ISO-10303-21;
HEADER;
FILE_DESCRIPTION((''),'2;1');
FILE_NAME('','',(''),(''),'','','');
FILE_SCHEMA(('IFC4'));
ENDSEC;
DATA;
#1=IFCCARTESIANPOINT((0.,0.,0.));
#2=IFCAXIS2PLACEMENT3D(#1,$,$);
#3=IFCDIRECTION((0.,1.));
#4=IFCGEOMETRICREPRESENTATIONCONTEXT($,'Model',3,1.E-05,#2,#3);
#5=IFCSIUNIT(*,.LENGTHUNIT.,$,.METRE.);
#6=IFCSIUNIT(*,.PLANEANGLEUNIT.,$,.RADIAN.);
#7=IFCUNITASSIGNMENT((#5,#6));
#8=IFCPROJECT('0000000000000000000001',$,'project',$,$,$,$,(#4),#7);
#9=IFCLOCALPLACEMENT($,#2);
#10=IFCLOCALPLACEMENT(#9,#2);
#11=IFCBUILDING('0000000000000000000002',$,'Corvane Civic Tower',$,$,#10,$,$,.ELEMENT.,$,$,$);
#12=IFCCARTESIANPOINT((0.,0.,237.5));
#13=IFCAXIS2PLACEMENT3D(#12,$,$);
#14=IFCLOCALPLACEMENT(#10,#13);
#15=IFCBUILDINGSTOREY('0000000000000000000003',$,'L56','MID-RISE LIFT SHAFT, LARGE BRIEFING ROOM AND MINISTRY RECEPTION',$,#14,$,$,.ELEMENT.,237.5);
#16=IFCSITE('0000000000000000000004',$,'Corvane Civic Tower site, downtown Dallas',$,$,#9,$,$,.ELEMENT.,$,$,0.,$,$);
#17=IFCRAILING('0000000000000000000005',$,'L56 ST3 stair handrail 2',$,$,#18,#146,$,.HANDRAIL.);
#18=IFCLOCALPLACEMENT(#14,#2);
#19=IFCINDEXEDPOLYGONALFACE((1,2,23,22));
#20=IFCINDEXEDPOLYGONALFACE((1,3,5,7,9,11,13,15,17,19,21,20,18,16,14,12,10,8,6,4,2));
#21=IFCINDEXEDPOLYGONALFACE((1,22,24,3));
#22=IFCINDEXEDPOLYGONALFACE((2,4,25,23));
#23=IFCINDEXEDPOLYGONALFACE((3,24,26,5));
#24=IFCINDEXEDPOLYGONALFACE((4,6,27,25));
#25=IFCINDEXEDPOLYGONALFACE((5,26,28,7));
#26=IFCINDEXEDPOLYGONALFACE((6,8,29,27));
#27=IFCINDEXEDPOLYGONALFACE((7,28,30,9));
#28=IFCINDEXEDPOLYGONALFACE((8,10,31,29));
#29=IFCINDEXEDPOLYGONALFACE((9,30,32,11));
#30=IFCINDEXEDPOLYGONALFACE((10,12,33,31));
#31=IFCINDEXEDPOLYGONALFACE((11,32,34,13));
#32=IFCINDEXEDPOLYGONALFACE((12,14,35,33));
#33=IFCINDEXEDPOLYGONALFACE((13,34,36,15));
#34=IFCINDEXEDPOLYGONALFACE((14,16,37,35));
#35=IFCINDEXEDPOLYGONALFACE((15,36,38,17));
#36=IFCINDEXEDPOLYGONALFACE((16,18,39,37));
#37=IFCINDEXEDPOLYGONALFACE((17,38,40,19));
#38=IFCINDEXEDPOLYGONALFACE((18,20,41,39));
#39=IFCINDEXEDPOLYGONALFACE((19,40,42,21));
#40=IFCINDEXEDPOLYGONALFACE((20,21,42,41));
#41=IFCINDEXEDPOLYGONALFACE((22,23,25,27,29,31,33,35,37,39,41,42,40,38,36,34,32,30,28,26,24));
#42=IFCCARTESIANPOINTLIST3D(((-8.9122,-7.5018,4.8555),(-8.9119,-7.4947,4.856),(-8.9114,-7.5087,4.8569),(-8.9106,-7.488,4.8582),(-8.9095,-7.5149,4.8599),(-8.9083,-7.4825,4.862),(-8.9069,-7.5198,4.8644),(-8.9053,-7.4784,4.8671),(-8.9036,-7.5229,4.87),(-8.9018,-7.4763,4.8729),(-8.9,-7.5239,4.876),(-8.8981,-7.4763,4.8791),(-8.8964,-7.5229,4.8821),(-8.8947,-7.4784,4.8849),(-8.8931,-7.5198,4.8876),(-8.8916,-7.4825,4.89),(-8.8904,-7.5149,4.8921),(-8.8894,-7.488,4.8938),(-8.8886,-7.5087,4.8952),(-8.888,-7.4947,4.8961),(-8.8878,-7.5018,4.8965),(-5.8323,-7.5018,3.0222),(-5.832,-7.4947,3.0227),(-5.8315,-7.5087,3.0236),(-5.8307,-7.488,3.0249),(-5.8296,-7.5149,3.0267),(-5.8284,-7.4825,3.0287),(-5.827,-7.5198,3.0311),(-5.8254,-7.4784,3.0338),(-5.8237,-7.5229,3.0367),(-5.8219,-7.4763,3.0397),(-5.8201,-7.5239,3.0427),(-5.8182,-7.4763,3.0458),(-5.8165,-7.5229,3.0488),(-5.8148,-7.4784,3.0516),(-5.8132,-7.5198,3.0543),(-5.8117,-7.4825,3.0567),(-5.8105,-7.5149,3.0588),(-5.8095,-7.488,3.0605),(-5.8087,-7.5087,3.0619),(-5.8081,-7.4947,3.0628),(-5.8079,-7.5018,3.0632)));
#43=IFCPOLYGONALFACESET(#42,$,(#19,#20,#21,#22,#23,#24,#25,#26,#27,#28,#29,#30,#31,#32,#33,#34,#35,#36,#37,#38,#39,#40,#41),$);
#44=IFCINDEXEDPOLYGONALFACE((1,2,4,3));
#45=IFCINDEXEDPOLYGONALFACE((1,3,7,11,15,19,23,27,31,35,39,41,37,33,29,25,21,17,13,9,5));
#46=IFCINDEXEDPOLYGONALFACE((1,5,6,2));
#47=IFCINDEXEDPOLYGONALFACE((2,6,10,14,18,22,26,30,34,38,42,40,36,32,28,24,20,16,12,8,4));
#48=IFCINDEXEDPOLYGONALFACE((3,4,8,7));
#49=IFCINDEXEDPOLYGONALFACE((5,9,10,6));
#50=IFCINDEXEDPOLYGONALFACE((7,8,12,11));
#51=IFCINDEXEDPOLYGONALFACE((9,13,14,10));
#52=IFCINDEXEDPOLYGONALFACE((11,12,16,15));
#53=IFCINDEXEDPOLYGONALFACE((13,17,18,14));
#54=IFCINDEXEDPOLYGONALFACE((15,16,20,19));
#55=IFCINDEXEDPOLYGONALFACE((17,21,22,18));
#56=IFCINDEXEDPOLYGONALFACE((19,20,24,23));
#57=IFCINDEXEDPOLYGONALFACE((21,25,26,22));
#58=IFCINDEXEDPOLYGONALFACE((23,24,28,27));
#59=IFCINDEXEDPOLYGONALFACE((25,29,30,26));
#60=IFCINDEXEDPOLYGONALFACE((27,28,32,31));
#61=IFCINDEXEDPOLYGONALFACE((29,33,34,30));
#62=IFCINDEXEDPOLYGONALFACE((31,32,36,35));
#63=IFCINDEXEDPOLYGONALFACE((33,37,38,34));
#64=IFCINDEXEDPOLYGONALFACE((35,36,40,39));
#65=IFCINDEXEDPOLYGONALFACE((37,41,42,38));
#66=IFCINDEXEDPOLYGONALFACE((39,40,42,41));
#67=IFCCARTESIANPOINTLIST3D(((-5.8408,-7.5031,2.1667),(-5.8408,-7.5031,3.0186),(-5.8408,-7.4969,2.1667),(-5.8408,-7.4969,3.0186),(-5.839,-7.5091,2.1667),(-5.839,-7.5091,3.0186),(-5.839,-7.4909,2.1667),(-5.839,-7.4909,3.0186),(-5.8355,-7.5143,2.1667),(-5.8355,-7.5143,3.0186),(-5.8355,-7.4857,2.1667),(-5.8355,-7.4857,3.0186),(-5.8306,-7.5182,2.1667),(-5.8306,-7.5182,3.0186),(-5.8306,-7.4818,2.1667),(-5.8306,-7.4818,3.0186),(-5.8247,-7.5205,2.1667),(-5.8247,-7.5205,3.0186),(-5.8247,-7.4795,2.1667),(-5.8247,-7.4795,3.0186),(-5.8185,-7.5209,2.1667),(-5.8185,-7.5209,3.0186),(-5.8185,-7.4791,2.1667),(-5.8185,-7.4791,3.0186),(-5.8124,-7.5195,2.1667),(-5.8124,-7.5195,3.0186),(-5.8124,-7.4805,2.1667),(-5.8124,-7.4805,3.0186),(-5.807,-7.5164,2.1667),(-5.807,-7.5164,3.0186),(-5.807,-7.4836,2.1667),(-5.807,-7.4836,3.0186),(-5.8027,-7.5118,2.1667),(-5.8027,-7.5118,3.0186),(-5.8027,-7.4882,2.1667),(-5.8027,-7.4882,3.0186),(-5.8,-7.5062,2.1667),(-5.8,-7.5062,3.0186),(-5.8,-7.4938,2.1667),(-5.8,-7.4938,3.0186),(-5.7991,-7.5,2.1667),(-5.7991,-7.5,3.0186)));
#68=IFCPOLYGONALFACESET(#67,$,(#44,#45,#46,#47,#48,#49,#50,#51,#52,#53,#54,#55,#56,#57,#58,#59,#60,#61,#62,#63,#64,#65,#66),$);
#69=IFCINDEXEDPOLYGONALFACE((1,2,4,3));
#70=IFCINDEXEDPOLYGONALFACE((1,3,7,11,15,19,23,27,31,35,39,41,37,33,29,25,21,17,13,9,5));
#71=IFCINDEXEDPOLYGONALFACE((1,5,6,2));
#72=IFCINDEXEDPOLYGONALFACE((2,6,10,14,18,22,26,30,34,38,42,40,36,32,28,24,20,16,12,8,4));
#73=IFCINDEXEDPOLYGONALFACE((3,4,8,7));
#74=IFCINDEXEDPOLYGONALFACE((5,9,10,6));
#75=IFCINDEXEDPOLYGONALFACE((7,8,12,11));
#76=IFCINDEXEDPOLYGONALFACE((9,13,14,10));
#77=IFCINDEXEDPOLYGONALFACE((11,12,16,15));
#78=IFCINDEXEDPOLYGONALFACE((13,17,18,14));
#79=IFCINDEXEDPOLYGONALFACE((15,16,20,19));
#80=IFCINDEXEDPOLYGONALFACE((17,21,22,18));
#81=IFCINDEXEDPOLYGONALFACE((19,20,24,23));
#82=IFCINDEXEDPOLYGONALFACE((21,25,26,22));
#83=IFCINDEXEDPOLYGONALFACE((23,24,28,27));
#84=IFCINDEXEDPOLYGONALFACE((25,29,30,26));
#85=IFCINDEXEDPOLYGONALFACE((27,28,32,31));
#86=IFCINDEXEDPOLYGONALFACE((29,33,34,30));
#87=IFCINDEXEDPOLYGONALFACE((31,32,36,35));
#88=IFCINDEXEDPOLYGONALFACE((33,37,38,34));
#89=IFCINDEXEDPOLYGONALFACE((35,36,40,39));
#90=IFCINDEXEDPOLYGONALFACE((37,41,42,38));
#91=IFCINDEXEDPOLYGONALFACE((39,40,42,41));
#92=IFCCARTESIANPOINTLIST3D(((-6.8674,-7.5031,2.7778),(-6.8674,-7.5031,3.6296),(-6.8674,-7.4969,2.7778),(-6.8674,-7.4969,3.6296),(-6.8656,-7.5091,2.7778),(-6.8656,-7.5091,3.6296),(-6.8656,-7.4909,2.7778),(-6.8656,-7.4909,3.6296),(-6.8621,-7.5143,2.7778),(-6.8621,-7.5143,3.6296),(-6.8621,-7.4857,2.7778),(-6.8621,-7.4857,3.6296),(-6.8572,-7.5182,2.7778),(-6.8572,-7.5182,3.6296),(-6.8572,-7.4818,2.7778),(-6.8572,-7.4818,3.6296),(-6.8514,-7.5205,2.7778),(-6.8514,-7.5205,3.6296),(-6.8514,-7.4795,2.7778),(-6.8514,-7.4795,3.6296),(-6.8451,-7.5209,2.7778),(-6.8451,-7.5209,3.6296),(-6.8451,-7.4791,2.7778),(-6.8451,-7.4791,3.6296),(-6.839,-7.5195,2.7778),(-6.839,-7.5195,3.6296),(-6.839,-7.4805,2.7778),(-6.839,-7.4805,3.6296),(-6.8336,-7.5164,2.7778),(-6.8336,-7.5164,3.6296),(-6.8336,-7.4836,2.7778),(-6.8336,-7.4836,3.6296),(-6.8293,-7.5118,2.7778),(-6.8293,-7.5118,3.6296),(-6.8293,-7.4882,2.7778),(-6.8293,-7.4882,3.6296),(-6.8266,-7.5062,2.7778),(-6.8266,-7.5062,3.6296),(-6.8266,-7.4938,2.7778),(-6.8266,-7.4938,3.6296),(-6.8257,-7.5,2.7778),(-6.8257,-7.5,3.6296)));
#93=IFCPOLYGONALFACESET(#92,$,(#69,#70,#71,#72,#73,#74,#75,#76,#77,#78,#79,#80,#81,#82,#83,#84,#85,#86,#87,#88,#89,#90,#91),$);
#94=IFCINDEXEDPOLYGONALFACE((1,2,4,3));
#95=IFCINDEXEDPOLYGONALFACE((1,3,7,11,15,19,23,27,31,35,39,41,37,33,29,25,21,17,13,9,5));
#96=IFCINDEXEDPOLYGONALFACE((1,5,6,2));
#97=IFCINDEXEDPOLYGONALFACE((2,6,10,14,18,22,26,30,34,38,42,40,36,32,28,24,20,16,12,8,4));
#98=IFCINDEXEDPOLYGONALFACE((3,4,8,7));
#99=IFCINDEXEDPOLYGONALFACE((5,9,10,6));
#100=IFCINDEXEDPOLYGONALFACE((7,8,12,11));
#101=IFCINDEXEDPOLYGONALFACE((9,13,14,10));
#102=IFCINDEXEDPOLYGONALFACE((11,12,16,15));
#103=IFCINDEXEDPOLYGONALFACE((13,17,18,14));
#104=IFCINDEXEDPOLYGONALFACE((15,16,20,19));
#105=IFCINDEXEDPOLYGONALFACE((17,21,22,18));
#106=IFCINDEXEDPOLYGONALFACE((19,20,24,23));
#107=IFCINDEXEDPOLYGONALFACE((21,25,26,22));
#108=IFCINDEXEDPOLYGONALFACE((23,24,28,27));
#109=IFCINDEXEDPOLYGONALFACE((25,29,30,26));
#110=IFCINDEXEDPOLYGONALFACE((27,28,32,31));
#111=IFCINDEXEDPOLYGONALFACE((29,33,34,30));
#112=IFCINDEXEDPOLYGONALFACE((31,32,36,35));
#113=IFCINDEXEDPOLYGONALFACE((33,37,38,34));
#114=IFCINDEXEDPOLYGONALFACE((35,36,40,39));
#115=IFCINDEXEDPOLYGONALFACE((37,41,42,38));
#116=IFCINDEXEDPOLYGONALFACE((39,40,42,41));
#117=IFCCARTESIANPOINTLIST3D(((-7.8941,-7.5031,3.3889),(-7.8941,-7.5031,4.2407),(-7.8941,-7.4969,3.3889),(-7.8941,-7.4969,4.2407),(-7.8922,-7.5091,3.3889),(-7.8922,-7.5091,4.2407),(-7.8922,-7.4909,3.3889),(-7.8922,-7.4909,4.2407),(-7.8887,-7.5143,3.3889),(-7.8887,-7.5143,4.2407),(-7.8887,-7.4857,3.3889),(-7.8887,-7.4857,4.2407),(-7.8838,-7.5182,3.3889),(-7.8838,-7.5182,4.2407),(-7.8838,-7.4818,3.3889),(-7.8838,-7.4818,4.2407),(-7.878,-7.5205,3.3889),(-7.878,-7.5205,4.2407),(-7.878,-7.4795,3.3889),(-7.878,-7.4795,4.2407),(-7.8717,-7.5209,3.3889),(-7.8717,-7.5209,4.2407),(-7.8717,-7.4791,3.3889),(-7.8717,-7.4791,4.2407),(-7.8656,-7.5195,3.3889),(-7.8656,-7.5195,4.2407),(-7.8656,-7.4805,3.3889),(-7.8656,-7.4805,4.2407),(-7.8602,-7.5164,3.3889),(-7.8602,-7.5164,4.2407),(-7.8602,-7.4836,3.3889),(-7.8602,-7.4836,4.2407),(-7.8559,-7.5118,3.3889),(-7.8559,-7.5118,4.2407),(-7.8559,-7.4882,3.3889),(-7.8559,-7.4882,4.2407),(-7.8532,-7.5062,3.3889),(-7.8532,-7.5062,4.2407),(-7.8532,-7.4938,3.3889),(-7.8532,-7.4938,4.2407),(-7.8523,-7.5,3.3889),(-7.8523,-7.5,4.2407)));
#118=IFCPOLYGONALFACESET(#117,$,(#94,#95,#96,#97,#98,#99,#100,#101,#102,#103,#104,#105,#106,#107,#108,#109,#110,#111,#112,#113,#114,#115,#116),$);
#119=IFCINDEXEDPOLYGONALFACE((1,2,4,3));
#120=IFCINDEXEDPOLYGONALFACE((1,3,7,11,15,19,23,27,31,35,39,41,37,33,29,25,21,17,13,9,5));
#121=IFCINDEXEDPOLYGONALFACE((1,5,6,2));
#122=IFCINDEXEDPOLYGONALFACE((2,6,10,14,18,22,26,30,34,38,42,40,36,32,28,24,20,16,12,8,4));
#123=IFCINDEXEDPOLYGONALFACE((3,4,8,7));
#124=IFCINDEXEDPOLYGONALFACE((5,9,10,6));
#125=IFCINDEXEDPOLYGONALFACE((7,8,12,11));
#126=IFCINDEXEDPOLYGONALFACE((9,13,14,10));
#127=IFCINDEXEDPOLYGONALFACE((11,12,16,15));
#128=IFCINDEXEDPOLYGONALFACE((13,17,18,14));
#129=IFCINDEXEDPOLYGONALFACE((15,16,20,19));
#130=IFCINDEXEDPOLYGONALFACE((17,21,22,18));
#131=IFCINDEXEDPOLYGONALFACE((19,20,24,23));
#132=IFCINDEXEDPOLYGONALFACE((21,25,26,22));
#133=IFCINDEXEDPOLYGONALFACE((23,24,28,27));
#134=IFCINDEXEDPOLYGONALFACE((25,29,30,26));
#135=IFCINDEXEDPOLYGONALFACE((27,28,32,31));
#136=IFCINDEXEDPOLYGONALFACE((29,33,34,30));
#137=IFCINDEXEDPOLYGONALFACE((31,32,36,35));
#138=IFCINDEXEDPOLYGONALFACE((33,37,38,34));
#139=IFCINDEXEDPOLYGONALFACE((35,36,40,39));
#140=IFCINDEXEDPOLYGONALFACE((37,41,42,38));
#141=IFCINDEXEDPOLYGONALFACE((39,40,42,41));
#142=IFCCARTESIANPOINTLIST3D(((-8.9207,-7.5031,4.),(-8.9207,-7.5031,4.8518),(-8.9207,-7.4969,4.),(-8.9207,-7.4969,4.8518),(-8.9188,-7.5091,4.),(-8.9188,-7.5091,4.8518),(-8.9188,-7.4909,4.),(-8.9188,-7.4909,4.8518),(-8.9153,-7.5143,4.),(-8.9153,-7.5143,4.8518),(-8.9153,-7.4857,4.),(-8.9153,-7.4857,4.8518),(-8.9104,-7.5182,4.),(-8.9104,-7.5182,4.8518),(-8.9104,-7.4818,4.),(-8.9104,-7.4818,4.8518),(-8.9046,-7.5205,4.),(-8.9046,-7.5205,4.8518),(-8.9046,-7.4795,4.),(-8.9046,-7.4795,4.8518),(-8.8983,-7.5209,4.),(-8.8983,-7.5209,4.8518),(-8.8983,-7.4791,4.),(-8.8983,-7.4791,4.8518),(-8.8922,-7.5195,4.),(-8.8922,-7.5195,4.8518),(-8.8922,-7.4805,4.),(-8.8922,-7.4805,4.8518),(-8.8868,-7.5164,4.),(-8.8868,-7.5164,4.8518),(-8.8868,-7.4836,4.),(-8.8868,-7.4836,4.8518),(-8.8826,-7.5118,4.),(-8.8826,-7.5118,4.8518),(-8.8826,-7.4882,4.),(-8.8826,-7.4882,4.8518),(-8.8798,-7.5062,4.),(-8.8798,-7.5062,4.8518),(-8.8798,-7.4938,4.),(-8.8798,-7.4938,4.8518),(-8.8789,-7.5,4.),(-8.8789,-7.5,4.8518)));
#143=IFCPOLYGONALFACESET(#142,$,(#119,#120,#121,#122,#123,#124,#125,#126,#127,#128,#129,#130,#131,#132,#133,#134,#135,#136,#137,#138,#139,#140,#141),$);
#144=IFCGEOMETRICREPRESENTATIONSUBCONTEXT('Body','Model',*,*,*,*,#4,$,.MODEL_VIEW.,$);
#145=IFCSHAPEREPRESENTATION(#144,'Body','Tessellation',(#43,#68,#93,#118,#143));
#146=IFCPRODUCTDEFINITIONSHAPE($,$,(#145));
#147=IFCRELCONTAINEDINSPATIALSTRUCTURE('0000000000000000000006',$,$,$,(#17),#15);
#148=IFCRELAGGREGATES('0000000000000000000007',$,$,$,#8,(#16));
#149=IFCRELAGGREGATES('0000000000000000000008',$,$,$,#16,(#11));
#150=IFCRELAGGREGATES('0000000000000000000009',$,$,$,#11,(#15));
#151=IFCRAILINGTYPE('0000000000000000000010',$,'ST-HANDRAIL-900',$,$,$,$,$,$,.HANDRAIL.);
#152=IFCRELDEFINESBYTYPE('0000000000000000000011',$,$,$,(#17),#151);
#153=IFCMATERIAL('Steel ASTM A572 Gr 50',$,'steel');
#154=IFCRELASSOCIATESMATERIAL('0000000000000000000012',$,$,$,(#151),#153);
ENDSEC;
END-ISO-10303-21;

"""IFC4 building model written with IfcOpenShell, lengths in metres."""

from ifc_helpers import new_model, si_unit, direction, frame, origin, origin_2d, place, context, subcontext, project, spatial, circle, extrude, material, type_object, element, save


model = new_model("IFC4")

# Units and contexts
model_context = context("Model", 3, precision=1e-05, world=origin(), true_north=direction((0.0, 1.0)))
body_context = subcontext(model_context, "Body", "Model", "MODEL_VIEW")
ifc_project = project(units=[si_unit("LENGTHUNIT", "METRE"), si_unit("PLANEANGLEUNIT", "RADIAN")], contexts=[model_context])

# Site, building, storey
site_placement = place(None, origin())
site = spatial("IfcSite", under=ifc_project, at=site_placement, Name="Corvane Civic Tower site, downtown Dallas", CompositionType="ELEMENT", RefElevation=0.0)
building_placement = place(site_placement, origin())
building = spatial("IfcBuilding", under=site, at=building_placement, Name="Corvane Civic Tower", CompositionType="ELEMENT")
storey_placement = place(building_placement, frame((0.0, 0.0, 237.5)))
storey = spatial("IfcBuildingStorey", under=building, at=storey_placement, Name="L56", Description="MID-RISE LIFT SHAFT, LARGE BRIEFING ROOM AND MINISTRY RECEPTION", CompositionType="ELEMENT", Elevation=237.5)

# Railing
ifc_material_1 = material(Name="Steel ASTM A572 Gr 50", Category="steel")
railing_type = type_object("IfcRailingType", Name="ST-HANDRAIL-900", PredefinedType="HANDRAIL", material=ifc_material_1)
railing_placement = place(storey_placement, frame((-5.8201, -7.5, 2.1667)))
element("IfcRailing", 1, at=railing_placement, inside=storey, type_object=railing_type, Name="L56 ST3 stair handrail 2", PredefinedType="HANDRAIL", context=body_context, shape_type="SweptSolid", body=[
    extrude(circle(Radius=0.0239, at=origin_2d()), frame((0.0, 0.0, 0.876), z_axis=(-0.859291, 0.0, 0.511487), x_axis=(0.0, -1.0, 0.0)), (0.0, 0.0, 1.0), 3.5842),
    extrude(circle(Radius=0.021, at=origin_2d()), origin(), (0.0, 0.0, 1.0), 0.8518),
    extrude(circle(Radius=0.021, at=origin_2d()), frame((-1.0266, 0.0, 0.6111)), (0.0, 0.0, 1.0), 0.8518),
    extrude(circle(Radius=0.021, at=origin_2d()), frame((-2.0532, 0.0, 1.2222)), (0.0, 0.0, 1.0), 0.8518),
    extrude(circle(Radius=0.021, at=origin_2d()), frame((-3.0798, 0.0, 1.8333)), (0.0, 0.0, 1.0), 0.8518),
])

save(model, "model.ifc")
